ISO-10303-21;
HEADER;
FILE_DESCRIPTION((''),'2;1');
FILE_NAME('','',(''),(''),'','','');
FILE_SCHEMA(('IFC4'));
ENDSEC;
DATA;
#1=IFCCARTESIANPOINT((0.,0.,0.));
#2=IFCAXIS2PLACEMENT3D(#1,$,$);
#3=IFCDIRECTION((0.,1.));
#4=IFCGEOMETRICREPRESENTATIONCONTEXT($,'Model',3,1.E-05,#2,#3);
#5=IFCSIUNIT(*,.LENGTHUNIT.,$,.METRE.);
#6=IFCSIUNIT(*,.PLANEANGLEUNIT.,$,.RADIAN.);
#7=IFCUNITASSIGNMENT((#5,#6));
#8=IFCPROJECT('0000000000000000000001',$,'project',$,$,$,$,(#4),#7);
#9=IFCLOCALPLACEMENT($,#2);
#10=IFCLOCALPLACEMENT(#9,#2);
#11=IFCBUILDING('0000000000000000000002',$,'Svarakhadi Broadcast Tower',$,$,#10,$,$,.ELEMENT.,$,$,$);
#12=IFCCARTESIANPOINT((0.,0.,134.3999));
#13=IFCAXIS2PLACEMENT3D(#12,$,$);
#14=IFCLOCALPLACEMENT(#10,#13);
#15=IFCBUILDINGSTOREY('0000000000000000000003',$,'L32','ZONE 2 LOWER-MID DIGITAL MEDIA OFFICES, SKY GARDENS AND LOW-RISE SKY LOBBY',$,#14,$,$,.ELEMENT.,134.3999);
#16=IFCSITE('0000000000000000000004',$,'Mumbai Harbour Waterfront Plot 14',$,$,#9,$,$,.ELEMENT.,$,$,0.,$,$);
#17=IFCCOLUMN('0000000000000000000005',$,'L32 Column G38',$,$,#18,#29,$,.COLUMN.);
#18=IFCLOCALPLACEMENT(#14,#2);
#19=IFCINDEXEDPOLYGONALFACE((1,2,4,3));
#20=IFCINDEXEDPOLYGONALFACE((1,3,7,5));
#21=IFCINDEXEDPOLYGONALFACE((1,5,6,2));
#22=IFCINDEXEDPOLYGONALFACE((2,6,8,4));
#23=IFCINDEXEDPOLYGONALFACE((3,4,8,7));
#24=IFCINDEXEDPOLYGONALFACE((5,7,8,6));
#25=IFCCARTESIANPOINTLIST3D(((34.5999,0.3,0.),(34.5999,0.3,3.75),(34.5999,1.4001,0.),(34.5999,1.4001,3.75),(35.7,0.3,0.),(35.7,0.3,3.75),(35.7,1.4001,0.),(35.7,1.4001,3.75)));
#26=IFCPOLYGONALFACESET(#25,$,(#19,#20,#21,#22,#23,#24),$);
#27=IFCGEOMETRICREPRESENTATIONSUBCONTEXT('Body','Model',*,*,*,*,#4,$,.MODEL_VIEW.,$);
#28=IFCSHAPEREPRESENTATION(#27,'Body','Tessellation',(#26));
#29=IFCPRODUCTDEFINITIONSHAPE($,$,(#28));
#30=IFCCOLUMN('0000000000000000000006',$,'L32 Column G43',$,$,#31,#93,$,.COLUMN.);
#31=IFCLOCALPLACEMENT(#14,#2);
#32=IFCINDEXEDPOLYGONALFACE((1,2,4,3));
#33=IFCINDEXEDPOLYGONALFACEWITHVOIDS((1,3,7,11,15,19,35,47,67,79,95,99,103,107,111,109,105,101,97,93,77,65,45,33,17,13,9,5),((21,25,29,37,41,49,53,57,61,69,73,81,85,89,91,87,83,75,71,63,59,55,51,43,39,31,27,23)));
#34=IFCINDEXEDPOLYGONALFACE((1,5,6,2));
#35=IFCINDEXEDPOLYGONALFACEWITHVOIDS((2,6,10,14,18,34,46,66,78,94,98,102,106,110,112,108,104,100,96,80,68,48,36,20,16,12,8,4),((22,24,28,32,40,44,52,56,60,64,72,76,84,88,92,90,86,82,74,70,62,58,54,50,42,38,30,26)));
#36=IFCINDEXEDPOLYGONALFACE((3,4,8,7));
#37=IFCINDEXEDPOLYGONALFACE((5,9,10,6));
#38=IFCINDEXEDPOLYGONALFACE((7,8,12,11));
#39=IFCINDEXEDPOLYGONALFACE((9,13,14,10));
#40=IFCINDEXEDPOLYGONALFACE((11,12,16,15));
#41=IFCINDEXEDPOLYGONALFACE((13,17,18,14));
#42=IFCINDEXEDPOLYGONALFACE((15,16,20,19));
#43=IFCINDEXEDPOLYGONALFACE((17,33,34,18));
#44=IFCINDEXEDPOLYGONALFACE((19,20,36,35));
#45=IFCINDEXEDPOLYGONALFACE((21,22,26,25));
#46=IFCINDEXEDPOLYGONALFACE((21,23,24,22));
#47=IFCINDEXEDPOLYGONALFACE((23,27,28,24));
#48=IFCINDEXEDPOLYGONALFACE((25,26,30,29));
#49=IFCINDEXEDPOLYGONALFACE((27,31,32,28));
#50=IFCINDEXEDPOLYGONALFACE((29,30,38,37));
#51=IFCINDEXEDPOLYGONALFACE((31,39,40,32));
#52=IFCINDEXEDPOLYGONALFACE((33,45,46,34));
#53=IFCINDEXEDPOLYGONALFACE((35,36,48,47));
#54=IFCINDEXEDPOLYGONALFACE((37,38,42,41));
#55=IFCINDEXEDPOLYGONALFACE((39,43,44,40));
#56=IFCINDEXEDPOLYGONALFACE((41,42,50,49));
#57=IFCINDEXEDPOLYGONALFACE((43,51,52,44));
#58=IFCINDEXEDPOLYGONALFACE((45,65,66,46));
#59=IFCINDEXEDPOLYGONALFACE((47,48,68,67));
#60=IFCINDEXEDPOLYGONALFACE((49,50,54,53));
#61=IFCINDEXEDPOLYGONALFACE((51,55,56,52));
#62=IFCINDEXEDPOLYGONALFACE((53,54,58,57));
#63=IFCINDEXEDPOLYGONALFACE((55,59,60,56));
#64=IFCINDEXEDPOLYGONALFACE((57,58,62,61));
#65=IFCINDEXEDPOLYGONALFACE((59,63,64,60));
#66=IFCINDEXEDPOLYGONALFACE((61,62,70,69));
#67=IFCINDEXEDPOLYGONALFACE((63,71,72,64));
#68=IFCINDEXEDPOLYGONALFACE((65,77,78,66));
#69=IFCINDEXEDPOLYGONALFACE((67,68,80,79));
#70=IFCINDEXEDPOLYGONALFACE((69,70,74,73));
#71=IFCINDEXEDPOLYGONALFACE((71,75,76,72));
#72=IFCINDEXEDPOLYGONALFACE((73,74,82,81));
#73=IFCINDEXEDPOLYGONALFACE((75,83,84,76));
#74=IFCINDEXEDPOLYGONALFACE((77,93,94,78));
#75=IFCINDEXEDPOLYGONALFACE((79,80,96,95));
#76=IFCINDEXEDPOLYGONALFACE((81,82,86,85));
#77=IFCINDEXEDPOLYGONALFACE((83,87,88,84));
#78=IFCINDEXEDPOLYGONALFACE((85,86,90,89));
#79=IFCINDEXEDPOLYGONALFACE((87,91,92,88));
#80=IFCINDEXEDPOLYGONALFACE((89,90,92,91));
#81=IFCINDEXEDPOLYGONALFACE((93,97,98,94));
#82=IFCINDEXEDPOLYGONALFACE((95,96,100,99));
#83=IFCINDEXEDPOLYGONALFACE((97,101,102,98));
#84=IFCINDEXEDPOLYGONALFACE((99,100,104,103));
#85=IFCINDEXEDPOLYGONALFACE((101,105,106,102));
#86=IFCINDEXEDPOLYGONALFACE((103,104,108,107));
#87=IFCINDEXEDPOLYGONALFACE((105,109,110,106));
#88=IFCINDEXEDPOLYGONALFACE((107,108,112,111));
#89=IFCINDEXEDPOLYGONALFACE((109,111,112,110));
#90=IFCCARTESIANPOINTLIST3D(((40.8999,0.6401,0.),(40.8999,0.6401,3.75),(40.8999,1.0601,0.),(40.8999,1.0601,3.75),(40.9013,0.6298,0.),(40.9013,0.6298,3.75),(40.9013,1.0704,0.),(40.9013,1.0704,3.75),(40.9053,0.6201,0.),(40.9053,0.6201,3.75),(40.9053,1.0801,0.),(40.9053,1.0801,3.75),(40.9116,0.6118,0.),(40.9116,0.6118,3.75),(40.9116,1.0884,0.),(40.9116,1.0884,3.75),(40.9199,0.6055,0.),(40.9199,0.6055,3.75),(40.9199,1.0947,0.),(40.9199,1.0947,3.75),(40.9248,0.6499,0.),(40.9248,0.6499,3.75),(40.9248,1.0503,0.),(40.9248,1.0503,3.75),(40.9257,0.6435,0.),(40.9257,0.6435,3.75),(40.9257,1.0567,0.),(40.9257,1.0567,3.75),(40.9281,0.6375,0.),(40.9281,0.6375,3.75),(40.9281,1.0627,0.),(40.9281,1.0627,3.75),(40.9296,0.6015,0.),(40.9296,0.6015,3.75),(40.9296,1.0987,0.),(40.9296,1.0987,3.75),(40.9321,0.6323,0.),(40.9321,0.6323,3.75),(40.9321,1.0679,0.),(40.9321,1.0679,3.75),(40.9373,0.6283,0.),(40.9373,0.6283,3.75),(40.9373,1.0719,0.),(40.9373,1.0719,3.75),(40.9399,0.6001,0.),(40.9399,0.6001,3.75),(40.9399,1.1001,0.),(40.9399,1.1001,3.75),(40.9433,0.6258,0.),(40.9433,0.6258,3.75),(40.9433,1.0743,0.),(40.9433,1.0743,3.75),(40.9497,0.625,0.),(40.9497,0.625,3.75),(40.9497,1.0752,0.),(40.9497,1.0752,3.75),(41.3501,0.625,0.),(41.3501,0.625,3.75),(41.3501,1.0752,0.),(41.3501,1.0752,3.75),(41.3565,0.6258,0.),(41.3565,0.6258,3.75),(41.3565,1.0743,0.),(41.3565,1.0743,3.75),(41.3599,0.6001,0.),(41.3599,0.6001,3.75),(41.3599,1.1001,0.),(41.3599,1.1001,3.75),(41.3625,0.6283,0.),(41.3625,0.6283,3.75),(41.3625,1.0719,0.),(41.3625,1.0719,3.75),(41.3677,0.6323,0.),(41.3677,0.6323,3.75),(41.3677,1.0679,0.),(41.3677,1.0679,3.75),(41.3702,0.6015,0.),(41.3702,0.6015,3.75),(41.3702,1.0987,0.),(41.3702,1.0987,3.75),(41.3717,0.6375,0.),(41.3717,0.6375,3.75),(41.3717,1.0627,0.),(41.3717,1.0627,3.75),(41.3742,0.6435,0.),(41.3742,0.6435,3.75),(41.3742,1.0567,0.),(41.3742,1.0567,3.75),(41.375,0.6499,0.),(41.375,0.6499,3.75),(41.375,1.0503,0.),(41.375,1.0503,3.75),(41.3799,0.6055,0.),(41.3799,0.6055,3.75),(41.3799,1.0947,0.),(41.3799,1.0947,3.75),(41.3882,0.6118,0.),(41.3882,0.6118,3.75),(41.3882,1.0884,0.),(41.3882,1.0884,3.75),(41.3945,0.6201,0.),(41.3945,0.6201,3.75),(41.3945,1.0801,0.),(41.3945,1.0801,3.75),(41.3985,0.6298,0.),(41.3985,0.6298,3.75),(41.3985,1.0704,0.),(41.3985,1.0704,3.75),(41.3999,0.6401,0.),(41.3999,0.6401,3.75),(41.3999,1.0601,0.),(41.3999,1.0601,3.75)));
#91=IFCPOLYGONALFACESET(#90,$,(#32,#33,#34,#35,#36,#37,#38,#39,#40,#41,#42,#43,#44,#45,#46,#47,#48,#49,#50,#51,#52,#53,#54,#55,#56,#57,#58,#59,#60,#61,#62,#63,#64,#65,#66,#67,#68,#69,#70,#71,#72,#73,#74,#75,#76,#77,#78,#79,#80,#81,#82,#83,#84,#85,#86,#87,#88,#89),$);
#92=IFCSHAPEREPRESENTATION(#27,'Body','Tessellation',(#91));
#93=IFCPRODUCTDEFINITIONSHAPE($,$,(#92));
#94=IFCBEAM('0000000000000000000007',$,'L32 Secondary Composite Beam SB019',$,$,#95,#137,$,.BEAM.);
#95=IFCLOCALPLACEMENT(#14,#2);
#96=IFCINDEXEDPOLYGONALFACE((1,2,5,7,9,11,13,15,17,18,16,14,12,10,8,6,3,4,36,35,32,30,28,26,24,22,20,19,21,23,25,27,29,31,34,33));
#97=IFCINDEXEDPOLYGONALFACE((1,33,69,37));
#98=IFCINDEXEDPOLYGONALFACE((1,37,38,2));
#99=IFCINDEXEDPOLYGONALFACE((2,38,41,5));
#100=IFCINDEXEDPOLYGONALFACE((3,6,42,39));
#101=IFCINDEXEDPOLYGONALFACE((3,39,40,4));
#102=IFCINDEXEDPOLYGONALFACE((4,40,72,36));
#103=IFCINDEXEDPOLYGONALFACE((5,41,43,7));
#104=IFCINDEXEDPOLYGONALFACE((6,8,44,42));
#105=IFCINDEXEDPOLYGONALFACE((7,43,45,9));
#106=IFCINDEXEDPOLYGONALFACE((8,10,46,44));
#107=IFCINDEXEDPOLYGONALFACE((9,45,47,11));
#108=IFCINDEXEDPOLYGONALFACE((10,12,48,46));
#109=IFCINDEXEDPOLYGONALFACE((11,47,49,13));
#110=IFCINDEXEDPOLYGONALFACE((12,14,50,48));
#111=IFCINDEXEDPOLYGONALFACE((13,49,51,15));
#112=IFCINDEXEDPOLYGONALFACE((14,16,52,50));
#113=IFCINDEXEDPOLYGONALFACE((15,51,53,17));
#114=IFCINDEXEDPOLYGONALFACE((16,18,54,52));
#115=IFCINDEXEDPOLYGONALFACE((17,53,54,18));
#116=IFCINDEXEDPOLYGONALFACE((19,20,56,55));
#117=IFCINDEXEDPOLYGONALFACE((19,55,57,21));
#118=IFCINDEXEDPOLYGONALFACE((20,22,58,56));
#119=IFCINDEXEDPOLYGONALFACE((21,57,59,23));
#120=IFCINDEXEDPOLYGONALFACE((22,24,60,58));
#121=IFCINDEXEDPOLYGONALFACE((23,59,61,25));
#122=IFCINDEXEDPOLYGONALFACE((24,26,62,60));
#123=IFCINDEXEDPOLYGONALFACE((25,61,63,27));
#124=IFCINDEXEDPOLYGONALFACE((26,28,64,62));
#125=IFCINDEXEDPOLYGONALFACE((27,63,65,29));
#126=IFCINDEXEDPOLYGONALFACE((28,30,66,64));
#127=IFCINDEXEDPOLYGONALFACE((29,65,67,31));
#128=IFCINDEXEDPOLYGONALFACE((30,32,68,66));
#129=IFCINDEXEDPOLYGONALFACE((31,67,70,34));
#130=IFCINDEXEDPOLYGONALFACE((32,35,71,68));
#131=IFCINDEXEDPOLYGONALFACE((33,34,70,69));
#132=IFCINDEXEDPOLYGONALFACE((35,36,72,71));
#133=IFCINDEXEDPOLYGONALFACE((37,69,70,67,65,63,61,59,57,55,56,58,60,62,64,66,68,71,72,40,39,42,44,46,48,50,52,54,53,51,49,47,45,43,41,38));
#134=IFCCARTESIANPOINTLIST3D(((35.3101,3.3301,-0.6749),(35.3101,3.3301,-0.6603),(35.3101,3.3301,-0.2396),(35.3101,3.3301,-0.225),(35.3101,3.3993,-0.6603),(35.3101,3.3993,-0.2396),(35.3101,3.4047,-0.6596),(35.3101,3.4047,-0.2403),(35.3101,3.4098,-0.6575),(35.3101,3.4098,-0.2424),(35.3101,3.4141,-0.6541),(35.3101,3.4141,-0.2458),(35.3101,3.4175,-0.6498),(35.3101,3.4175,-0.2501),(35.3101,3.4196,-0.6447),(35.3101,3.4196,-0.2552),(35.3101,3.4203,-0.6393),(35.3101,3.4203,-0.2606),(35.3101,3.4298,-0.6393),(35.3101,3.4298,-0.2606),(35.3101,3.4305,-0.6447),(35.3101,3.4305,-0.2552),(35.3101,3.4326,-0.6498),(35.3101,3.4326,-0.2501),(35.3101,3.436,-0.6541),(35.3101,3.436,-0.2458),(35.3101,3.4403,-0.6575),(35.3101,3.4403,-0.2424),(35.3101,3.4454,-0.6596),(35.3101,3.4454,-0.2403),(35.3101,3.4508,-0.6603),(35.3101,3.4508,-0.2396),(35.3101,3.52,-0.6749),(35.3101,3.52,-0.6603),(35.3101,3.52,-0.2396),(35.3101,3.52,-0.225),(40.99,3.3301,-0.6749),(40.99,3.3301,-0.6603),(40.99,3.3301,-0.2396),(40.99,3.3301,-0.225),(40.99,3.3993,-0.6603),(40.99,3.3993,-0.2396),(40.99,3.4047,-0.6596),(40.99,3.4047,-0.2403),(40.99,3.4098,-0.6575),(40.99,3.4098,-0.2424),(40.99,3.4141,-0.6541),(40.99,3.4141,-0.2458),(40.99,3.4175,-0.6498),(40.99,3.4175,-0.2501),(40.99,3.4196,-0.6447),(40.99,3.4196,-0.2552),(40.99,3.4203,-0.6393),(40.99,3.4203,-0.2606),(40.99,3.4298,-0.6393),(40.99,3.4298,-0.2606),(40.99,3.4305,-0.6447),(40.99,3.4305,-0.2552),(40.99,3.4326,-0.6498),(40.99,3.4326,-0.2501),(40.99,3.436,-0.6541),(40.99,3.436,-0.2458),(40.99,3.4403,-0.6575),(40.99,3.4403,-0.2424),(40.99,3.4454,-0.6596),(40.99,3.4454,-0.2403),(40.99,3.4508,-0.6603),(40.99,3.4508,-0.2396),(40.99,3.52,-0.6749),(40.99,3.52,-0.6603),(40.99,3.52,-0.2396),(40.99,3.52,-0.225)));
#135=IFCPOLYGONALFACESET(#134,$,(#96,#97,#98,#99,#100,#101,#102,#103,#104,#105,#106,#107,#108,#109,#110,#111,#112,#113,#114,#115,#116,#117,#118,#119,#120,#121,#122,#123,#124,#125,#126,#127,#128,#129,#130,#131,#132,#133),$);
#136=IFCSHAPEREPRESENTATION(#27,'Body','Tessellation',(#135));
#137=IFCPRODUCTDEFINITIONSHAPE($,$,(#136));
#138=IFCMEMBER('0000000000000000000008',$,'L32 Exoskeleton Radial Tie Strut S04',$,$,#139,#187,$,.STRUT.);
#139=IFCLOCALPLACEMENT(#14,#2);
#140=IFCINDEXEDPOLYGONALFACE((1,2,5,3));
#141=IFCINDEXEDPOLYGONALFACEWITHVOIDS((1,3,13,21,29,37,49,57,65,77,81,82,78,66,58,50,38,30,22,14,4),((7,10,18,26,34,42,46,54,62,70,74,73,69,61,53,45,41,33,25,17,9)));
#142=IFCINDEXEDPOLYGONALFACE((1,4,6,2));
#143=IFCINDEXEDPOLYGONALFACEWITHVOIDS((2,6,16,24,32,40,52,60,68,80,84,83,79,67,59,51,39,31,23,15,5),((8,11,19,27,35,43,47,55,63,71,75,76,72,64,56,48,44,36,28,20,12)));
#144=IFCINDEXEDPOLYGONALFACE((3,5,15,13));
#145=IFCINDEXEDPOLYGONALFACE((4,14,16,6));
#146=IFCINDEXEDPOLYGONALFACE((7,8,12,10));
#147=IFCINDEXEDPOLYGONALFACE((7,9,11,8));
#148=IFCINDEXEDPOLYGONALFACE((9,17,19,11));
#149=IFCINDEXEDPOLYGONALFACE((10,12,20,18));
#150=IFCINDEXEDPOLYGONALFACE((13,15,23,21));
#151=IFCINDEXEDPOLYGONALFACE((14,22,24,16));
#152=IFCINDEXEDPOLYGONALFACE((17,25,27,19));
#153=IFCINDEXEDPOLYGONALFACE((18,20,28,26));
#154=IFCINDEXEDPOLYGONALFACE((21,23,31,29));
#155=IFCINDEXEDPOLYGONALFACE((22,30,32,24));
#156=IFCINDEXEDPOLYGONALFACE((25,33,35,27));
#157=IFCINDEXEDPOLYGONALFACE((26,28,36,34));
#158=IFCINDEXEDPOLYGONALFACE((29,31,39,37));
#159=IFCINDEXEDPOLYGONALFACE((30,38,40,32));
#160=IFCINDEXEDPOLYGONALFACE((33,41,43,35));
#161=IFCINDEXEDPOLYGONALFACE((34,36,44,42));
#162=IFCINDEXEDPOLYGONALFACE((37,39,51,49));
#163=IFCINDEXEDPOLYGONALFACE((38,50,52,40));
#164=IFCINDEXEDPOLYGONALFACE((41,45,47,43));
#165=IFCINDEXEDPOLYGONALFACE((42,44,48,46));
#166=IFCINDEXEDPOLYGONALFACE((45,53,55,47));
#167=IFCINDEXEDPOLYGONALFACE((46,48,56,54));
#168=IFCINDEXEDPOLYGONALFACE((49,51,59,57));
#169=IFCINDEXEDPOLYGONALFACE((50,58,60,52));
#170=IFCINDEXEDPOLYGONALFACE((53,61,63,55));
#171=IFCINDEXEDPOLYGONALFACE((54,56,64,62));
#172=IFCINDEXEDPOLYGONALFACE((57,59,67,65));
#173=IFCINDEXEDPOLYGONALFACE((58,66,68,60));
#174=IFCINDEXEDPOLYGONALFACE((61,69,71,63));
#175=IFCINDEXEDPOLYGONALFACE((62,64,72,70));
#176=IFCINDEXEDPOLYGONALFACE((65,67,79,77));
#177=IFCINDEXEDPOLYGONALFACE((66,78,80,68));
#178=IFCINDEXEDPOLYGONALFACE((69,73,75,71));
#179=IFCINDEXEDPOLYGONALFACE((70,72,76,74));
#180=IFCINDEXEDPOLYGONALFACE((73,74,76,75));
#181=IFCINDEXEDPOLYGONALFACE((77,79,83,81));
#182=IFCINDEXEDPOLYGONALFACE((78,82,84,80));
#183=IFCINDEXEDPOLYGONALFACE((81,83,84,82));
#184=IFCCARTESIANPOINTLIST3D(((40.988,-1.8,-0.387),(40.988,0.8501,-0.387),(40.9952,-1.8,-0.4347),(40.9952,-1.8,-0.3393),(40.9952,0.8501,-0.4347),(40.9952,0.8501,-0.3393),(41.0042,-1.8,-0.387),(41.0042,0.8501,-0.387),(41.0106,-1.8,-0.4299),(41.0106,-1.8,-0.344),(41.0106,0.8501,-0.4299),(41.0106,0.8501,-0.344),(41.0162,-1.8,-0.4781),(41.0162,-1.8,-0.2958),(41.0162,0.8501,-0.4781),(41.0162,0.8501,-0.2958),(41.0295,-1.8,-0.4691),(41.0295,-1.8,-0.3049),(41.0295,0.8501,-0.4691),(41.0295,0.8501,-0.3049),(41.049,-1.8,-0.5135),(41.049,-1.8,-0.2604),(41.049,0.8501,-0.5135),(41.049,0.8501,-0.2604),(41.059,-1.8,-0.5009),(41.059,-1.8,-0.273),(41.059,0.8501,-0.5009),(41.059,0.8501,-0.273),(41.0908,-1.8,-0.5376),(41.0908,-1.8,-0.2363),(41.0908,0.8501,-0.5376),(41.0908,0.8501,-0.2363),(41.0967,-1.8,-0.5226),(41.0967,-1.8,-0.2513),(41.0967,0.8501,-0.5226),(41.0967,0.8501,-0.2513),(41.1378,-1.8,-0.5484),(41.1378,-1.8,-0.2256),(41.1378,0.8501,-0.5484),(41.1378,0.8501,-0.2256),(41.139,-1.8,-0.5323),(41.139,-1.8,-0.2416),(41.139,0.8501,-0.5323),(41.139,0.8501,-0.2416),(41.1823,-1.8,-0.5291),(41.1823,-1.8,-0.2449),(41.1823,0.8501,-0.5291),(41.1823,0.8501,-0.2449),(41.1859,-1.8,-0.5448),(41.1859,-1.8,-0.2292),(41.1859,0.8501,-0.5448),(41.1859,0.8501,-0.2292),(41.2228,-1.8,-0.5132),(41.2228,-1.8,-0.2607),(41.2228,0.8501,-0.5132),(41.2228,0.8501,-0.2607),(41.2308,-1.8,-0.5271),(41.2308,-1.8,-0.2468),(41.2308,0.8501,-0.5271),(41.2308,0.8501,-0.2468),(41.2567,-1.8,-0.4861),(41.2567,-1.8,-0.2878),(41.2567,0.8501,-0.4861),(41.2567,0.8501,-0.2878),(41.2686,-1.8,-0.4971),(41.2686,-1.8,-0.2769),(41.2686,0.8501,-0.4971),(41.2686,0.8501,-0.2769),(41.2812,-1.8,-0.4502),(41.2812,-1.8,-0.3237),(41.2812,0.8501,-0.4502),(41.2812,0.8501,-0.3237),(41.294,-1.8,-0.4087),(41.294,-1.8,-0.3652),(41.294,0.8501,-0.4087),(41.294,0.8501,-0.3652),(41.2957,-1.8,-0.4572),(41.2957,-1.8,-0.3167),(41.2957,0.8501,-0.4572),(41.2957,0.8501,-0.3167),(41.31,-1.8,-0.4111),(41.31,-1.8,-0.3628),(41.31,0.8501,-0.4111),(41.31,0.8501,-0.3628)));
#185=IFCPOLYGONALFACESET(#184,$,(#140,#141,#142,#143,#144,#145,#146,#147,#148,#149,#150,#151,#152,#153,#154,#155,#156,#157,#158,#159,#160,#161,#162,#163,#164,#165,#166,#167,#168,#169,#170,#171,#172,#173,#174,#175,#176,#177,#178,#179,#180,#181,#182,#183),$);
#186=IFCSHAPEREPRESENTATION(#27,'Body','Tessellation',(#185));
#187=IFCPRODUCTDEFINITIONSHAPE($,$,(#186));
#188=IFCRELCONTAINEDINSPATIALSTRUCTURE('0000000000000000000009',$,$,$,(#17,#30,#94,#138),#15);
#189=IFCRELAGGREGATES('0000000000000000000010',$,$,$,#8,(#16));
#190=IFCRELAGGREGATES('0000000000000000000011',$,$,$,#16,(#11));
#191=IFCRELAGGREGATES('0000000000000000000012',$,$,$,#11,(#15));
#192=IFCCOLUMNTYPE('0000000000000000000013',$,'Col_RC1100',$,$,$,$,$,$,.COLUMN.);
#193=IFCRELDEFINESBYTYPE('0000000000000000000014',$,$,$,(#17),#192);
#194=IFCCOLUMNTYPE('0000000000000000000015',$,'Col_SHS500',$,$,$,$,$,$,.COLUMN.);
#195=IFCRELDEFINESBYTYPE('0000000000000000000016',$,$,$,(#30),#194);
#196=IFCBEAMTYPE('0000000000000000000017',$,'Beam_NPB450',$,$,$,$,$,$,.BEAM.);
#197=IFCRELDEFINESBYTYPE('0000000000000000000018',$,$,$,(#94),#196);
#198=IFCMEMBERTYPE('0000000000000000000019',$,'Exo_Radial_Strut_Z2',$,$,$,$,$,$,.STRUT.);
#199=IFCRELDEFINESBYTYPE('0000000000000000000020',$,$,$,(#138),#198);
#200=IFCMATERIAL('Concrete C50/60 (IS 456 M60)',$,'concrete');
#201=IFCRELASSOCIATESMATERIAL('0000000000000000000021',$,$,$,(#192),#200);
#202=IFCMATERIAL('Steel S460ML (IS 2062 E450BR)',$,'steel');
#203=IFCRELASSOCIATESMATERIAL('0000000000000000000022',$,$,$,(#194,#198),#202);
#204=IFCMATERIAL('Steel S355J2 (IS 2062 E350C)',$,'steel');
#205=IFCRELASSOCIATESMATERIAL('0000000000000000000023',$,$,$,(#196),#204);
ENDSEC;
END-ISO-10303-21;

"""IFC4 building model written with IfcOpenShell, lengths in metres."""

from ifc_helpers import new_model, si_unit, direction, frame, origin, origin_2d, place, context, subcontext, project, spatial, rectangle, hollow_rectangle, hollow_circle, i_section, extrude, material, material_profile, profile_set, type_object, element, save


model = new_model("IFC4")

# Units and contexts
model_context = context("Model", 3, precision=1e-05, world=origin(), true_north=direction((0.0, 1.0)))
body_context = subcontext(model_context, "Body", "Model", "MODEL_VIEW")
ifc_project = project(units=[si_unit("LENGTHUNIT", "METRE"), si_unit("PLANEANGLEUNIT", "RADIAN")], contexts=[model_context])

# Site, building, storey
site_placement = place(None, origin())
site = spatial("IfcSite", under=ifc_project, at=site_placement, Name="Mumbai Harbour Waterfront Plot 14", CompositionType="ELEMENT", RefElevation=0.0)
building_placement = place(site_placement, origin())
building = spatial("IfcBuilding", under=site, at=building_placement, Name="Svarakhadi Broadcast Tower", CompositionType="ELEMENT")
storey_placement = place(building_placement, frame((0.0, 0.0, 134.3999)))
storey = spatial("IfcBuildingStorey", under=building, at=storey_placement, Name="L32", Description="ZONE 2 LOWER-MID DIGITAL MEDIA OFFICES, SKY GARDENS AND LOW-RISE SKY LOBBY", CompositionType="ELEMENT", Elevation=134.3999)

# Columns
ifc_material_1 = material(Name="Concrete C50/60 (IS 456 M60)", Category="concrete")
ifc_material_profile_1 = material_profile(ifc_material_1, rectangle(XDim=1.1001, YDim=1.1001, at=origin_2d()), Name="RC 1100x1100")
ifc_profile_set_1 = profile_set([ifc_material_profile_1], Name="Concrete C50/60 (IS 456 M60)")
column_type_1 = type_object("IfcColumnType", Name="Col_RC1100", PredefinedType="COLUMN", material=ifc_profile_set_1)
column_1_placement = place(storey_placement, frame((35.1499, 0.8501, 0.0), z_axis=(0.0, 0.0, 1.0), x_axis=(1.0, 0.0, 0.0)))
element("IfcColumn", 1, at=column_1_placement, inside=storey, type_object=column_type_1, Name="L32 Column G38", PredefinedType="COLUMN", context=body_context, shape_type="SweptSolid", body=[
    extrude(rectangle(XDim=1.1001, YDim=1.1001, at=origin_2d()), origin(), (0.0, 0.0, 1.0), 3.75),
])
ifc_material_2 = material(Name="Steel S460ML (IS 2062 E450BR)", Category="steel")
ifc_material_profile_2 = material_profile(ifc_material_2, hollow_rectangle(XDim=0.5, YDim=0.5, WallThickness=0.0249, InnerFilletRadius=0.0249, OuterFilletRadius=0.04, at=origin_2d()), Name="SHS 500x500x25")
ifc_profile_set_2 = profile_set([ifc_material_profile_2], Name="Steel S460ML (IS 2062 E450BR)")
column_type_2 = type_object("IfcColumnType", Name="Col_SHS500", PredefinedType="COLUMN", material=ifc_profile_set_2)
column_2_placement = place(storey_placement, frame((41.1499, 0.8501, 0.0), z_axis=(0.0, 0.0, 1.0), x_axis=(1.0, 0.0, 0.0)))
element("IfcColumn", 2, at=column_2_placement, inside=storey, type_object=column_type_2, Name="L32 Column G43", PredefinedType="COLUMN", context=body_context, shape_type="SweptSolid", body=[
    extrude(hollow_rectangle(XDim=0.5, YDim=0.5, WallThickness=0.0249, InnerFilletRadius=0.0249, OuterFilletRadius=0.04, at=origin_2d()), origin(), (0.0, 0.0, 1.0), 3.75),
])

# Beam
ifc_material_3 = material(Name="Steel S355J2 (IS 2062 E350C)", Category="steel")
ifc_material_profile_3 = material_profile(ifc_material_3, i_section(OverallWidth=0.1899, OverallDepth=0.45, WebThickness=0.0095, FlangeThickness=0.0146, FilletRadius=0.021, at=origin_2d()), Name="NPB 450x190x78")
ifc_profile_set_3 = profile_set([ifc_material_profile_3], Name="Steel S355J2 (IS 2062 E350C)")
beam_type_1 = type_object("IfcBeamType", Name="Beam_NPB450", PredefinedType="BEAM", material=ifc_profile_set_3)
beam_1_placement = place(storey_placement, frame((35.3101, 3.425, -0.45), z_axis=(1.0, 0.0, 0.0), x_axis=(0.0, 1.0, 0.0)))
element("IfcBeam", 3, at=beam_1_placement, inside=storey, type_object=beam_type_1, Name="L32 Secondary Composite Beam SB019", PredefinedType="BEAM", context=body_context, shape_type="SweptSolid", body=[
    extrude(i_section(OverallWidth=0.1899, OverallDepth=0.45, WebThickness=0.0095, FlangeThickness=0.0146, FilletRadius=0.021, at=origin_2d()), origin(), (0.0, 0.0, 1.0), 5.6799),
])

# Member
ifc_material_profile_4 = material_profile(ifc_material_2, hollow_circle(Radius=0.1619, WallThickness=0.0161, at=origin_2d()), Name="CHS 323.9x16")
ifc_profile_set_4 = profile_set([ifc_material_profile_4], Name="Steel S460ML (IS 2062 E450BR)")
member_type = type_object("IfcMemberType", Name="Exo_Radial_Strut_Z2", PredefinedType="STRUT", material=ifc_profile_set_4)
member_placement = place(storey_placement, frame((41.1499, -1.8, -0.387), z_axis=(0.0, 1.0, 0.0), x_axis=(-1.0, 0.0, 0.0)))
element("IfcMember", 4, at=member_placement, inside=storey, type_object=member_type, Name="L32 Exoskeleton Radial Tie Strut S04", PredefinedType="STRUT", context=body_context, shape_type="SweptSolid", body=[
    extrude(hollow_circle(Radius=0.1619, WallThickness=0.0161, at=origin_2d()), origin(), (0.0, 0.0, 1.0), 2.6501),
])

save(model, "model.ifc")
